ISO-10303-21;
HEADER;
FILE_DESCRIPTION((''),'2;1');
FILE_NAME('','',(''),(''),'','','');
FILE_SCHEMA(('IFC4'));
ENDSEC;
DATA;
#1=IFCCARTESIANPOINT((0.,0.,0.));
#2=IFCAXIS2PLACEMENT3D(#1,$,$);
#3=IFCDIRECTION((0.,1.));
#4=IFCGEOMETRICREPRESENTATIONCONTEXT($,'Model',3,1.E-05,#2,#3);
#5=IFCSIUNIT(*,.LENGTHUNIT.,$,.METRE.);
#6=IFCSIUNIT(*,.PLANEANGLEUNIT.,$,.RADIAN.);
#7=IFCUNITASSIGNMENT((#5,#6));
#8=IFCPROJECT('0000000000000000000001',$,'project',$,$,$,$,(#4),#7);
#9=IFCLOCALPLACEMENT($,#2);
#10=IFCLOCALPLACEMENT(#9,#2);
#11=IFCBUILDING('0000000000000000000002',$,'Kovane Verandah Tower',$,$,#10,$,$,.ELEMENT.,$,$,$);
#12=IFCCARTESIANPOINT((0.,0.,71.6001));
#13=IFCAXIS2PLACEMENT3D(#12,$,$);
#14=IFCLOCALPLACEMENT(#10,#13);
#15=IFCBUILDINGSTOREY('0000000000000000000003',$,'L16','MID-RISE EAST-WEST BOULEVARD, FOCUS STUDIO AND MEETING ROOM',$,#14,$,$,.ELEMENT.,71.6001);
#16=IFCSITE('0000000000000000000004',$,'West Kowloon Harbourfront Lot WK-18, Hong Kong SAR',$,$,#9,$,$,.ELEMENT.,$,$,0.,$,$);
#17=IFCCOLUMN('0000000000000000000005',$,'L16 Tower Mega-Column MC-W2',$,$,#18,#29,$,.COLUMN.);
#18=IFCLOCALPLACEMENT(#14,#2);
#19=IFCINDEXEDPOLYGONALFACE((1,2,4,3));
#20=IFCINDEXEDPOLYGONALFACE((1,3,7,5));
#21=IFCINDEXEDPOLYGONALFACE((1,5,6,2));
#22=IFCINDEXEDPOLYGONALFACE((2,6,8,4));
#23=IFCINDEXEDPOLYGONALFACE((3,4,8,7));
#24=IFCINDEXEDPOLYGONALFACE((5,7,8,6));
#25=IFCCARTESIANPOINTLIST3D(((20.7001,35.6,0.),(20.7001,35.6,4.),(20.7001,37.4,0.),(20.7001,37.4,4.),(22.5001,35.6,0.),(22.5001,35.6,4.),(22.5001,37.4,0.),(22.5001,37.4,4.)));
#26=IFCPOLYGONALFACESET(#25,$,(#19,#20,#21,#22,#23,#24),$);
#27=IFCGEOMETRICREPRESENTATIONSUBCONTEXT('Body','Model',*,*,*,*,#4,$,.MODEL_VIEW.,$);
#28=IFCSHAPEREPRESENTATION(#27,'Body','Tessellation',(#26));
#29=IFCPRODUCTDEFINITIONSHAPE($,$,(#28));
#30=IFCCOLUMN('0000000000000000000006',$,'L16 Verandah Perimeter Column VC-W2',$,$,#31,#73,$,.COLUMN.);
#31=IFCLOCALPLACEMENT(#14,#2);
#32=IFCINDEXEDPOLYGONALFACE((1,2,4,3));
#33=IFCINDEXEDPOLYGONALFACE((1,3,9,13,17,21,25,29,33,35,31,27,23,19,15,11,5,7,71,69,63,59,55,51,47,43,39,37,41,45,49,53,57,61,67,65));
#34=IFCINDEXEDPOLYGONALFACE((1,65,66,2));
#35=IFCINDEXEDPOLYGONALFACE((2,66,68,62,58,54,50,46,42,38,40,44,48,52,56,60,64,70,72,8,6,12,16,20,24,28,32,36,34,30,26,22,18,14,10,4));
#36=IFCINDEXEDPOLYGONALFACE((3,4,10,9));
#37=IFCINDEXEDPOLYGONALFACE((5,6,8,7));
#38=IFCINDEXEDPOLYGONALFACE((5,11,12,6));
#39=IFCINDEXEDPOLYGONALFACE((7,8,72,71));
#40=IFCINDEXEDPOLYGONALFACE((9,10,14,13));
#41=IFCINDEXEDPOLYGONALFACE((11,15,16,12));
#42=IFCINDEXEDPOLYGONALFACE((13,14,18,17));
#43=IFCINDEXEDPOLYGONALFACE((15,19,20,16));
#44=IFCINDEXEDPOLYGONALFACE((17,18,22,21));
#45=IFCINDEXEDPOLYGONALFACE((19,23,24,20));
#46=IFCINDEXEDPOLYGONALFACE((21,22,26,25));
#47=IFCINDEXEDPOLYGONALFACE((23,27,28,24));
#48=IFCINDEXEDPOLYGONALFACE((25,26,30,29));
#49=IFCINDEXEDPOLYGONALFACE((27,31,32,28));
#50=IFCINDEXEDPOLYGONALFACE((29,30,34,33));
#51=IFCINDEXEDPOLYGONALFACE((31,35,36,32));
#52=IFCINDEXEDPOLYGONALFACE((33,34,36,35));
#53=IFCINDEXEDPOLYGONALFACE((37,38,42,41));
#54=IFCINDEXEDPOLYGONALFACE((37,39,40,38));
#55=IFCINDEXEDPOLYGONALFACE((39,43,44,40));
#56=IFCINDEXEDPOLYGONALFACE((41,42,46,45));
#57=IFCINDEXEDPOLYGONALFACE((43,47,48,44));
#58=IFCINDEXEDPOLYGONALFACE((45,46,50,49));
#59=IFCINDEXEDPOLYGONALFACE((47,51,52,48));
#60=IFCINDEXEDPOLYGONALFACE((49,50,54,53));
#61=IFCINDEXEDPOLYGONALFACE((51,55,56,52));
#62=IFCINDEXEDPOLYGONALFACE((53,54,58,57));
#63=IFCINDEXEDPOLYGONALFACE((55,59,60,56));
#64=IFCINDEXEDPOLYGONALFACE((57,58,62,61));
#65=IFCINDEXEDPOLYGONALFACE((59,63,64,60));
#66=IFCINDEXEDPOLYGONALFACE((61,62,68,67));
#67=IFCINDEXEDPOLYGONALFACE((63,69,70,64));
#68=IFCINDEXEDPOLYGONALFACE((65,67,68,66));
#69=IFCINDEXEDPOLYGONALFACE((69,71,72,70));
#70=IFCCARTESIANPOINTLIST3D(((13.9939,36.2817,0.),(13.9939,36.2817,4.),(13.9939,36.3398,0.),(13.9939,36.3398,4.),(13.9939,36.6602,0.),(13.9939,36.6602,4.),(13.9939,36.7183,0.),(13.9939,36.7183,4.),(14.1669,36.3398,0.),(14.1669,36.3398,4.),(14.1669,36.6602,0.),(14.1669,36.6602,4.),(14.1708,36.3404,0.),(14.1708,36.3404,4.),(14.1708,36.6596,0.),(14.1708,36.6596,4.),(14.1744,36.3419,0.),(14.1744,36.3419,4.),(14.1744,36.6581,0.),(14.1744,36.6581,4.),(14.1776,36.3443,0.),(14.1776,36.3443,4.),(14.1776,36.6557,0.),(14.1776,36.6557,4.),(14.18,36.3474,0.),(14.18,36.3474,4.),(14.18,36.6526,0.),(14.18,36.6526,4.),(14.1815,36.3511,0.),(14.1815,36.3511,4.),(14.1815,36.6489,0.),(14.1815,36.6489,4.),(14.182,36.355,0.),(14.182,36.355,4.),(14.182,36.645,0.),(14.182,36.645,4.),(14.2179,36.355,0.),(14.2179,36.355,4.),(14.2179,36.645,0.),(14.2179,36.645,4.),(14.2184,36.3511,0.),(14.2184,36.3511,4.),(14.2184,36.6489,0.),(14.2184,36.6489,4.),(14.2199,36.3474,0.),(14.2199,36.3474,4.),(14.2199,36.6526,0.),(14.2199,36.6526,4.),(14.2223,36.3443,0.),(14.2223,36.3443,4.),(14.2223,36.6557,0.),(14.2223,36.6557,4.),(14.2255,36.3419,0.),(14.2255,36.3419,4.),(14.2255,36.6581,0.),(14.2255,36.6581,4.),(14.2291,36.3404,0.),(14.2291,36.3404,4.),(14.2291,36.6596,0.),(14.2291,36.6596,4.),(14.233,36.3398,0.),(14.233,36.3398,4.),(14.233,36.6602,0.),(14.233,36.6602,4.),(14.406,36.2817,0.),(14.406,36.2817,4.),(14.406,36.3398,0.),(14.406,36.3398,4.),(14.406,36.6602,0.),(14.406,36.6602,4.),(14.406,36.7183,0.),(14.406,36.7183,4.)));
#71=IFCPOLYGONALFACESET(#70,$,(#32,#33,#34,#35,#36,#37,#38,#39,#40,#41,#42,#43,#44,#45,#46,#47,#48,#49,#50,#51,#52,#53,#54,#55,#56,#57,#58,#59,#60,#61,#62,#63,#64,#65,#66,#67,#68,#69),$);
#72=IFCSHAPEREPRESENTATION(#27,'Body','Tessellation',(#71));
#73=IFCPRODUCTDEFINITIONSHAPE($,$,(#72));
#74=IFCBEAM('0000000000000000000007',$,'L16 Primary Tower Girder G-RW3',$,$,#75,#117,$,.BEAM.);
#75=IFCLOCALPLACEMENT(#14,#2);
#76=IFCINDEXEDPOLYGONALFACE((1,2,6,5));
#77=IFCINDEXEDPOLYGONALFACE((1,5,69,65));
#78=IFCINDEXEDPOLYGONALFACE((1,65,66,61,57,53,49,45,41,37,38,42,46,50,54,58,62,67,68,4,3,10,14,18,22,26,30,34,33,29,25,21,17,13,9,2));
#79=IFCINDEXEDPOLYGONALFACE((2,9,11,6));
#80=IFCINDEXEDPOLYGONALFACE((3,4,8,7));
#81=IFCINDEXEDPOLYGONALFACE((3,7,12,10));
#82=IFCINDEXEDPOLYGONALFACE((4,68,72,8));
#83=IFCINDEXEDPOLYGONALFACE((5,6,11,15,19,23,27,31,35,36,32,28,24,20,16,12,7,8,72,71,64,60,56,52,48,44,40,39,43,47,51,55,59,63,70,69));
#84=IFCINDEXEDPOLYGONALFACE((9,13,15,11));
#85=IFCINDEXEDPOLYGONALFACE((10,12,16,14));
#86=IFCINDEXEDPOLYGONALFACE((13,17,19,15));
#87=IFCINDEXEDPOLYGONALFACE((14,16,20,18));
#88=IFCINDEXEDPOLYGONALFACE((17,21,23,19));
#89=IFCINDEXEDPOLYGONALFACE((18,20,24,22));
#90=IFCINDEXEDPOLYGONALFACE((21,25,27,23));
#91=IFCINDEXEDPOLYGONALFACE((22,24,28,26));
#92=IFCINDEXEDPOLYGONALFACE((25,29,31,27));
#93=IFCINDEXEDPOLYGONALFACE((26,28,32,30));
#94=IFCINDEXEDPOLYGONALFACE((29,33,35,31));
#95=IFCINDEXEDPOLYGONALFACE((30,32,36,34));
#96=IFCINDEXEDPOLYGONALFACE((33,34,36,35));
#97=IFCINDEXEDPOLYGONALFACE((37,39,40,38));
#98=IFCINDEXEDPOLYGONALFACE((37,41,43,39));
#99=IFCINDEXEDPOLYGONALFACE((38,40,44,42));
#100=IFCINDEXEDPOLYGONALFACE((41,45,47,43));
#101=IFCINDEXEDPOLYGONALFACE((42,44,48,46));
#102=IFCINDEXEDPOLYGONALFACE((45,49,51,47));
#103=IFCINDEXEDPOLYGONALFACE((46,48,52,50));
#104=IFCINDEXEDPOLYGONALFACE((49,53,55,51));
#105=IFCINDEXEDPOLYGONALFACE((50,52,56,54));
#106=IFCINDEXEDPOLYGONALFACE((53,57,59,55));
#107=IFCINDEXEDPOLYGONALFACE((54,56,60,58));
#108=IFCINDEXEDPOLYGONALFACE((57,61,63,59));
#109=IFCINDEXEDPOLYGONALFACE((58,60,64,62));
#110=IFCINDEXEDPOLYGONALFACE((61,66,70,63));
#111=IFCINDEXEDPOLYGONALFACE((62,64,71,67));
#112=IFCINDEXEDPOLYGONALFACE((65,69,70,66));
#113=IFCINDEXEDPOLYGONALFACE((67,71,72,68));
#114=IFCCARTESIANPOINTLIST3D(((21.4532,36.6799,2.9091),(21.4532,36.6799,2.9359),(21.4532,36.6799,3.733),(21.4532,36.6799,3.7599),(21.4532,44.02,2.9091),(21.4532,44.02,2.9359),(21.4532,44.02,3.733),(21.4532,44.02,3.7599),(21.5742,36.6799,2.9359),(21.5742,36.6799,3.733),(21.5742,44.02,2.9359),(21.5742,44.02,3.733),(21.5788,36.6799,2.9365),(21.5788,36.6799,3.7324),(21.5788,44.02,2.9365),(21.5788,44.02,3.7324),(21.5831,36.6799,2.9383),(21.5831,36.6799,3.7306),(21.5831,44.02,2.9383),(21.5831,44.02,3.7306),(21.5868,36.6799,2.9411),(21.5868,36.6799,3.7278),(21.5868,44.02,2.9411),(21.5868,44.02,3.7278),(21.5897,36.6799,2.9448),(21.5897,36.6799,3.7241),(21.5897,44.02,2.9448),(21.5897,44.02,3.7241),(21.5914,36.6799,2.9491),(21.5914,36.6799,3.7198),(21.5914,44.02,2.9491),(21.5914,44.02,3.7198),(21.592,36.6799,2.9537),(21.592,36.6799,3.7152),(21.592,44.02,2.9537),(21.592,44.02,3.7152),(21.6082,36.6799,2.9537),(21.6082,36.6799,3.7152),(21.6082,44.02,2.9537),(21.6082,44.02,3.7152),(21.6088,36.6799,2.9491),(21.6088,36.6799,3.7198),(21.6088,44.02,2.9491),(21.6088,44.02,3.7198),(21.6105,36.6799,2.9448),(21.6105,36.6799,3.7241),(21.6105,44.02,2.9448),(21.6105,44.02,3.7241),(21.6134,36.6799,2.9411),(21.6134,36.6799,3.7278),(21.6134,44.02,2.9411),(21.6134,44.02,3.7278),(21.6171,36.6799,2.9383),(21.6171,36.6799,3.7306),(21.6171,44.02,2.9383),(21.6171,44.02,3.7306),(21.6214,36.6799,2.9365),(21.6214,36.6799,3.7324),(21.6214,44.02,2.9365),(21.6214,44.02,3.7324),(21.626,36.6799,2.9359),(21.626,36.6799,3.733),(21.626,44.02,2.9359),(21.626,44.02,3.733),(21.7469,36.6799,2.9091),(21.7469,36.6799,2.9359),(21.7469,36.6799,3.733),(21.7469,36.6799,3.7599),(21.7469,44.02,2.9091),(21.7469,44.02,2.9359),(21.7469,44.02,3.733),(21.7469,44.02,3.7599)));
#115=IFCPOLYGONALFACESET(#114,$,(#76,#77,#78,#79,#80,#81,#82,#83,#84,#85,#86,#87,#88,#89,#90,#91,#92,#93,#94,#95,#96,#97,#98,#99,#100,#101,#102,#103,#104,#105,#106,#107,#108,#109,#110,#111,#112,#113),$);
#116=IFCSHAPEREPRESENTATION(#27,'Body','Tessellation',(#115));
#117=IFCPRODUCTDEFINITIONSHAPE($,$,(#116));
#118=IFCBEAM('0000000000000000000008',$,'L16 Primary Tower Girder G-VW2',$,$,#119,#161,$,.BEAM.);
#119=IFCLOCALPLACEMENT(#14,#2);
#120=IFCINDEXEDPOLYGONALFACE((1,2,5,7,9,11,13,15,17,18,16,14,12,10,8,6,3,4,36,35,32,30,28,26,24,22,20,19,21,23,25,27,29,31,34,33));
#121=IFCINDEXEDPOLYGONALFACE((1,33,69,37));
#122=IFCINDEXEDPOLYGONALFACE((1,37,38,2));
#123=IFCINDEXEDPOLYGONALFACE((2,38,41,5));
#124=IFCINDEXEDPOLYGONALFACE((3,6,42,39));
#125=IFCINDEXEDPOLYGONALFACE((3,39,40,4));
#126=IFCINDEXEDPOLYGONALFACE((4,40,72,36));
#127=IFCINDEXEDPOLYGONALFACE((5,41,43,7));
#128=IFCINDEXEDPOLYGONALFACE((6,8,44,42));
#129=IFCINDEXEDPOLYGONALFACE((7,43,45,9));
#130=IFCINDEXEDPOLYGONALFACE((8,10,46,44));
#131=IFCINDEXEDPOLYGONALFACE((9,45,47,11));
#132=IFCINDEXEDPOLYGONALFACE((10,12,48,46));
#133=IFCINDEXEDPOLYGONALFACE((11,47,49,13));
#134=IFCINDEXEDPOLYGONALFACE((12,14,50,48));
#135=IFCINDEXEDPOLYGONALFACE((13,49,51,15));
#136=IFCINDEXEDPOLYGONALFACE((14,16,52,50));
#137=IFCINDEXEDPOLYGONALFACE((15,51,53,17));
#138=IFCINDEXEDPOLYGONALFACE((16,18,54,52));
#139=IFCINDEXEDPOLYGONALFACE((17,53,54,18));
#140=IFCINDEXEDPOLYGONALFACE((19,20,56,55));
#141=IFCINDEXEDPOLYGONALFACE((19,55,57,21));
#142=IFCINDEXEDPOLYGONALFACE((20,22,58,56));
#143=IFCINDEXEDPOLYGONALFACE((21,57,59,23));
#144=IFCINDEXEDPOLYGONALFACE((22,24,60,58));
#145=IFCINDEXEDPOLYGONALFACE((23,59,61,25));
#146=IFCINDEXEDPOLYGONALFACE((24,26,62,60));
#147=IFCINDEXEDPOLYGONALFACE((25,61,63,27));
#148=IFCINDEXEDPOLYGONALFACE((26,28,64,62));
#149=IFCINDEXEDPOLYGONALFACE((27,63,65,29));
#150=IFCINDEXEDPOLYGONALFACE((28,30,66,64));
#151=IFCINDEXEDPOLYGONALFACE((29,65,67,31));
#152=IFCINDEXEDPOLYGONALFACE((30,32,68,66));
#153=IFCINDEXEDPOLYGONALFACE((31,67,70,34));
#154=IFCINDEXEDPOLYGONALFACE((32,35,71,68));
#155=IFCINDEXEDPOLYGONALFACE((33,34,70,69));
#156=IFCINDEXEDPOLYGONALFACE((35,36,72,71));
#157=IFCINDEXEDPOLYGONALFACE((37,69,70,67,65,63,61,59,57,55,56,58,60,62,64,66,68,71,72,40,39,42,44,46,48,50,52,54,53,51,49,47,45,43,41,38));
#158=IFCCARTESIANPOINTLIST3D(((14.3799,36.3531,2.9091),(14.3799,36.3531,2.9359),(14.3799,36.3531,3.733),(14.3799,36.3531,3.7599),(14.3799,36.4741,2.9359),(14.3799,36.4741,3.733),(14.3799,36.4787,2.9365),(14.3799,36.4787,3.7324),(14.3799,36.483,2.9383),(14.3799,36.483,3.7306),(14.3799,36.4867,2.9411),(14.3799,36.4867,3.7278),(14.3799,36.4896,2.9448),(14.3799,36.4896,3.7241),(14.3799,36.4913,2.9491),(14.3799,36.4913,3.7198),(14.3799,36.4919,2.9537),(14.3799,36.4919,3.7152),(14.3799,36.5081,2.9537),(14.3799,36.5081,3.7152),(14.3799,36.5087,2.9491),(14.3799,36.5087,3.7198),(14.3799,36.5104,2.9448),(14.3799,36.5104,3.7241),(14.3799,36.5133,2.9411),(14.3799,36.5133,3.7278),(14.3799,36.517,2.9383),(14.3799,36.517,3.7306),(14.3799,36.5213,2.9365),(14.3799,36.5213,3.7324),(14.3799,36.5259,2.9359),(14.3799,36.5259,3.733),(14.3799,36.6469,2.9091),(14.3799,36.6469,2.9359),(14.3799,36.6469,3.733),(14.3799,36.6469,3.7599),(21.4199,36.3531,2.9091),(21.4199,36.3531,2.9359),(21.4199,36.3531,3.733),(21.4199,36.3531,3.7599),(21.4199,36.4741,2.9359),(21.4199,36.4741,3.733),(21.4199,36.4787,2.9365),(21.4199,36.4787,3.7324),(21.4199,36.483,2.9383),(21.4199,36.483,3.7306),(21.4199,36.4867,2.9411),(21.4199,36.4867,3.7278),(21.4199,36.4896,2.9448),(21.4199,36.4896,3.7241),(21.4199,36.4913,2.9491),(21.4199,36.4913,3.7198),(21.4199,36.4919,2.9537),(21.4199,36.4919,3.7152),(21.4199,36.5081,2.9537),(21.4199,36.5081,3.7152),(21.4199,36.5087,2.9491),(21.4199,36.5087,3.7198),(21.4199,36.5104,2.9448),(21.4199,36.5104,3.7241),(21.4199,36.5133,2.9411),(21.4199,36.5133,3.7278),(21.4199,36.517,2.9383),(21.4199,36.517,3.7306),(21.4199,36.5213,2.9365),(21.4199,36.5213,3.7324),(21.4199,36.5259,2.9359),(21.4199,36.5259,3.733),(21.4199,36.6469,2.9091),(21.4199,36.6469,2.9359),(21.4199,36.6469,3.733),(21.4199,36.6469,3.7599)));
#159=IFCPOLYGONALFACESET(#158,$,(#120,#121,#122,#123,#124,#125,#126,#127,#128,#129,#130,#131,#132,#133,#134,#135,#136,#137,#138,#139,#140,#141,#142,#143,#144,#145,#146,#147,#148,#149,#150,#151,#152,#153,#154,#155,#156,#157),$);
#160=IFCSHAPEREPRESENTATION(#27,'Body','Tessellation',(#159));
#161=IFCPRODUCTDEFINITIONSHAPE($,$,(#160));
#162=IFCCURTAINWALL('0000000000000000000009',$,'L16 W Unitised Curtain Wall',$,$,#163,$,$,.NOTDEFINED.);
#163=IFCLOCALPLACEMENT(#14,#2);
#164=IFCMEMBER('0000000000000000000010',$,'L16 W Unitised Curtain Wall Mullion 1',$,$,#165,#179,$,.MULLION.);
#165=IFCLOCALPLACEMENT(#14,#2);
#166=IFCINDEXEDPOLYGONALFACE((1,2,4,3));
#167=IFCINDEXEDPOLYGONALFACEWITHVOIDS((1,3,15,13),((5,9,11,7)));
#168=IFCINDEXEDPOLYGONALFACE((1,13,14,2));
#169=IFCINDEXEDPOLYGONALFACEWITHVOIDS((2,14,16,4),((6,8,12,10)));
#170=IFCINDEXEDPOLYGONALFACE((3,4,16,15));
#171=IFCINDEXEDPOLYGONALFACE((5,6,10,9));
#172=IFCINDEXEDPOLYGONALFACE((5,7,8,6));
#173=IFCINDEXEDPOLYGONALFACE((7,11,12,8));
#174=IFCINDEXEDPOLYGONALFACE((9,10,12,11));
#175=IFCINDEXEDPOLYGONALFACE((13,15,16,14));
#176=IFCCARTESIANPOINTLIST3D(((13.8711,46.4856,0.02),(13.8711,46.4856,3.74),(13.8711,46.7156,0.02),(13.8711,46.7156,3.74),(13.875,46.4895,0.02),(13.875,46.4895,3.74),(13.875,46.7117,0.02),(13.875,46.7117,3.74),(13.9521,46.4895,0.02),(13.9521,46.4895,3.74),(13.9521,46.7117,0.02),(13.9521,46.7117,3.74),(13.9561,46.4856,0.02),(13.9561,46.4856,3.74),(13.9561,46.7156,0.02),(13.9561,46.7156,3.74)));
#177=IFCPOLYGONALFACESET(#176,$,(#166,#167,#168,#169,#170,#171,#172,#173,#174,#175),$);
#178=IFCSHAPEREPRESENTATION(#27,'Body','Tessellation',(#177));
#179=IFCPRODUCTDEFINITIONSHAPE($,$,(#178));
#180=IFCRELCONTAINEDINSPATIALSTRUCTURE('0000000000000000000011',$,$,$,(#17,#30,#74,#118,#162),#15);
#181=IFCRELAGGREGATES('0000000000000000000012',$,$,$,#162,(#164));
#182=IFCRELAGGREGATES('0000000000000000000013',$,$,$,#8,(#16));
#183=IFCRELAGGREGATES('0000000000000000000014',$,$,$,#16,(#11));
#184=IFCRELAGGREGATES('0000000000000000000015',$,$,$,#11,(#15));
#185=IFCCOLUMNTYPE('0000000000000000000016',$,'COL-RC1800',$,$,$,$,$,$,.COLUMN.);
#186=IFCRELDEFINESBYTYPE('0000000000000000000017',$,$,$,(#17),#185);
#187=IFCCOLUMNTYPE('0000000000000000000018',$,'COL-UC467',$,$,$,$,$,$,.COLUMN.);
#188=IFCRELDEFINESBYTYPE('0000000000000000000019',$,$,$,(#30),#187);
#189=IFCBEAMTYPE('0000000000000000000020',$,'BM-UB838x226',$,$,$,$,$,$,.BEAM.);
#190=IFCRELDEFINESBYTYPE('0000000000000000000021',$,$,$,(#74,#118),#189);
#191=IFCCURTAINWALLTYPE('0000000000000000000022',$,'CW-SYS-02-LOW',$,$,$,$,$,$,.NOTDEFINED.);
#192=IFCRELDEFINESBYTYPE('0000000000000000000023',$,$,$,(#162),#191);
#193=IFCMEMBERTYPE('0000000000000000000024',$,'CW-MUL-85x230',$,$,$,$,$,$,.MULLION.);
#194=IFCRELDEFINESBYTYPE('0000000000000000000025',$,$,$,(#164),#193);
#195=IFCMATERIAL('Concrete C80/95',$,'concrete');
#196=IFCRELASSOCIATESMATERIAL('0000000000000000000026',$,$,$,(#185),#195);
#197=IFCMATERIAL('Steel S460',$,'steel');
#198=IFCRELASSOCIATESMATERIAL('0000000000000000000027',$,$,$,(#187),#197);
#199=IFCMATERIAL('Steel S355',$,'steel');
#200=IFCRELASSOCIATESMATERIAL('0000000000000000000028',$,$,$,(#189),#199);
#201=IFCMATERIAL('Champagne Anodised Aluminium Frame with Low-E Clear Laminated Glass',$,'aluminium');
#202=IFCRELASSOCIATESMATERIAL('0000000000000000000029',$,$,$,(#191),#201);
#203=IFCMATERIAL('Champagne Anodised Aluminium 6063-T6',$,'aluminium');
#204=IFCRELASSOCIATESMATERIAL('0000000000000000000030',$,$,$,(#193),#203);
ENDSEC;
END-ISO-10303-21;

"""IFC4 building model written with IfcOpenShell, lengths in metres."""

from ifc_helpers import new_model, si_unit, direction, frame, origin, origin_2d, place, context, subcontext, project, spatial, rectangle, hollow_rectangle, i_section, extrude, material, material_profile, profile_set, type_object, element, aggregate, save


model = new_model("IFC4")

# Units and contexts
model_context = context("Model", 3, precision=1e-05, world=origin(), true_north=direction((0.0, 1.0)))
body_context = subcontext(model_context, "Body", "Model", "MODEL_VIEW")
ifc_project = project(units=[si_unit("LENGTHUNIT", "METRE"), si_unit("PLANEANGLEUNIT", "RADIAN")], contexts=[model_context])

# Site, building, storey
site_placement = place(None, origin())
site = spatial("IfcSite", under=ifc_project, at=site_placement, Name="West Kowloon Harbourfront Lot WK-18, Hong Kong SAR", CompositionType="ELEMENT", RefElevation=0.0)
building_placement = place(site_placement, origin())
building = spatial("IfcBuilding", under=site, at=building_placement, Name="Kovane Verandah Tower", CompositionType="ELEMENT")
storey_placement = place(building_placement, frame((0.0, 0.0, 71.6001)))
storey = spatial("IfcBuildingStorey", under=building, at=storey_placement, Name="L16", Description="MID-RISE EAST-WEST BOULEVARD, FOCUS STUDIO AND MEETING ROOM", CompositionType="ELEMENT", Elevation=71.6001)

# Columns
ifc_material_1 = material(Name="Concrete C80/95", Category="concrete")
ifc_material_profile_1 = material_profile(ifc_material_1, rectangle(XDim=1.8, YDim=1.8, at=origin_2d()), Name="RC1800x1800")
ifc_profile_set_1 = profile_set([ifc_material_profile_1], Name="Concrete C80/95")
column_type_1 = type_object("IfcColumnType", Name="COL-RC1800", PredefinedType="COLUMN", material=ifc_profile_set_1)
column_1_placement = place(storey_placement, frame((21.6001, 36.5, 0.0), z_axis=(0.0, 0.0, 1.0), x_axis=(1.0, 0.0, 0.0)))
element("IfcColumn", 1, at=column_1_placement, inside=storey, type_object=column_type_1, Name="L16 Tower Mega-Column MC-W2", PredefinedType="COLUMN", context=body_context, shape_type="SweptSolid", body=[
    extrude(rectangle(XDim=1.8, YDim=1.8, at=origin_2d()), origin(), (0.0, 0.0, 1.0), 4.0),
])
ifc_material_2 = material(Name="Steel S460", Category="steel")
ifc_material_profile_2 = material_profile(ifc_material_2, i_section(OverallWidth=0.4121, OverallDepth=0.4365, WebThickness=0.0359, FlangeThickness=0.0581, FilletRadius=0.0151, at=origin_2d()), Name="UC356x406x467")
ifc_profile_set_2 = profile_set([ifc_material_profile_2], Name="Steel S460")
column_type_2 = type_object("IfcColumnType", Name="COL-UC467", PredefinedType="COLUMN", material=ifc_profile_set_2)
column_2_placement = place(storey_placement, frame((14.2, 36.5, 0.0), z_axis=(0.0, 0.0, 1.0), x_axis=(1.0, 0.0, 0.0)))
element("IfcColumn", 2, at=column_2_placement, inside=storey, type_object=column_type_2, Name="L16 Verandah Perimeter Column VC-W2", PredefinedType="COLUMN", context=body_context, shape_type="SweptSolid", body=[
    extrude(i_section(OverallWidth=0.4121, OverallDepth=0.4365, WebThickness=0.0359, FlangeThickness=0.0581, FilletRadius=0.0151, at=origin_2d()), origin(), (0.0, 0.0, 1.0), 4.0),
])

# Beams
ifc_material_3 = material(Name="Steel S355", Category="steel")
ifc_material_profile_3 = material_profile(ifc_material_3, i_section(OverallWidth=0.2937, OverallDepth=0.8508, WebThickness=0.0161, FlangeThickness=0.0269, FilletRadius=0.0178, at=origin_2d()), Name="UB838x292x226")
ifc_profile_set_3 = profile_set([ifc_material_profile_3], Name="Steel S355")
beam_type_1 = type_object("IfcBeamType", Name="BM-UB838x226", PredefinedType="BEAM", material=ifc_profile_set_3)
beam_1_placement = place(storey_placement, frame((21.6001, 36.6799, 3.3345), z_axis=(0.0, 1.0, 0.0), x_axis=(-1.0, 0.0, 0.0)))
element("IfcBeam", 3, at=beam_1_placement, inside=storey, type_object=beam_type_1, Name="L16 Primary Tower Girder G-RW3", PredefinedType="BEAM", context=body_context, shape_type="SweptSolid", body=[
    extrude(i_section(OverallWidth=0.2937, OverallDepth=0.8508, WebThickness=0.0161, FlangeThickness=0.0269, FilletRadius=0.0178, at=origin_2d()), origin(), (0.0, 0.0, 1.0), 7.3401),
])
beam_2_placement = place(storey_placement, frame((21.4199, 36.5, 3.3345), z_axis=(-1.0, 0.0, 0.0), x_axis=(0.0, -1.0, 0.0)))
element("IfcBeam", 4, at=beam_2_placement, inside=storey, type_object=beam_type_1, Name="L16 Primary Tower Girder G-VW2", PredefinedType="BEAM", context=body_context, shape_type="SweptSolid", body=[
    extrude(i_section(OverallWidth=0.2937, OverallDepth=0.8508, WebThickness=0.0161, FlangeThickness=0.0269, FilletRadius=0.0178, at=origin_2d()), origin(), (0.0, 0.0, 1.0), 7.04),
])

# Curtain wall, member
ifc_material_4 = material(Name="Champagne Anodised Aluminium Frame with Low-E Clear Laminated Glass", Category="aluminium")
curtain_wall_type = type_object("IfcCurtainWallType", Name="CW-SYS-02-LOW", PredefinedType="NOTDEFINED", material=ifc_material_4)
curtain_wall_placement = place(storey_placement, origin())
curtain_wall = element("IfcCurtainWall", 5, at=curtain_wall_placement, inside=storey, type_object=curtain_wall_type, Name="L16 W Unitised Curtain Wall", PredefinedType="NOTDEFINED")
ifc_material_5 = material(Name="Champagne Anodised Aluminium 6063-T6", Category="aluminium")
ifc_material_profile_4 = material_profile(ifc_material_5, hollow_rectangle(XDim=0.085, YDim=0.23, WallThickness=0.0039, at=origin_2d()), Name="AL85x230x4")
ifc_profile_set_4 = profile_set([ifc_material_profile_4], Name="Champagne Anodised Aluminium 6063-T6")
member_type_1 = type_object("IfcMemberType", Name="CW-MUL-85x230", PredefinedType="MULLION", material=ifc_profile_set_4)
member_1_placement = place(storey_placement, frame((13.9136, 46.6006, 0.02), z_axis=(0.0, 0.0, 1.0), x_axis=(-1.0, 0.0, 0.0)))
member_1 = element("IfcMember", 6, at=member_1_placement, type_object=member_type_1, Name="L16 W Unitised Curtain Wall Mullion 1", PredefinedType="MULLION", context=body_context, shape_type="SweptSolid", body=[
    extrude(hollow_rectangle(XDim=0.085, YDim=0.23, WallThickness=0.0039, at=origin_2d()), origin(), (0.0, 0.0, 1.0), 3.72),
])

aggregate(curtain_wall, [member_1])

save(model, "model.ifc")
